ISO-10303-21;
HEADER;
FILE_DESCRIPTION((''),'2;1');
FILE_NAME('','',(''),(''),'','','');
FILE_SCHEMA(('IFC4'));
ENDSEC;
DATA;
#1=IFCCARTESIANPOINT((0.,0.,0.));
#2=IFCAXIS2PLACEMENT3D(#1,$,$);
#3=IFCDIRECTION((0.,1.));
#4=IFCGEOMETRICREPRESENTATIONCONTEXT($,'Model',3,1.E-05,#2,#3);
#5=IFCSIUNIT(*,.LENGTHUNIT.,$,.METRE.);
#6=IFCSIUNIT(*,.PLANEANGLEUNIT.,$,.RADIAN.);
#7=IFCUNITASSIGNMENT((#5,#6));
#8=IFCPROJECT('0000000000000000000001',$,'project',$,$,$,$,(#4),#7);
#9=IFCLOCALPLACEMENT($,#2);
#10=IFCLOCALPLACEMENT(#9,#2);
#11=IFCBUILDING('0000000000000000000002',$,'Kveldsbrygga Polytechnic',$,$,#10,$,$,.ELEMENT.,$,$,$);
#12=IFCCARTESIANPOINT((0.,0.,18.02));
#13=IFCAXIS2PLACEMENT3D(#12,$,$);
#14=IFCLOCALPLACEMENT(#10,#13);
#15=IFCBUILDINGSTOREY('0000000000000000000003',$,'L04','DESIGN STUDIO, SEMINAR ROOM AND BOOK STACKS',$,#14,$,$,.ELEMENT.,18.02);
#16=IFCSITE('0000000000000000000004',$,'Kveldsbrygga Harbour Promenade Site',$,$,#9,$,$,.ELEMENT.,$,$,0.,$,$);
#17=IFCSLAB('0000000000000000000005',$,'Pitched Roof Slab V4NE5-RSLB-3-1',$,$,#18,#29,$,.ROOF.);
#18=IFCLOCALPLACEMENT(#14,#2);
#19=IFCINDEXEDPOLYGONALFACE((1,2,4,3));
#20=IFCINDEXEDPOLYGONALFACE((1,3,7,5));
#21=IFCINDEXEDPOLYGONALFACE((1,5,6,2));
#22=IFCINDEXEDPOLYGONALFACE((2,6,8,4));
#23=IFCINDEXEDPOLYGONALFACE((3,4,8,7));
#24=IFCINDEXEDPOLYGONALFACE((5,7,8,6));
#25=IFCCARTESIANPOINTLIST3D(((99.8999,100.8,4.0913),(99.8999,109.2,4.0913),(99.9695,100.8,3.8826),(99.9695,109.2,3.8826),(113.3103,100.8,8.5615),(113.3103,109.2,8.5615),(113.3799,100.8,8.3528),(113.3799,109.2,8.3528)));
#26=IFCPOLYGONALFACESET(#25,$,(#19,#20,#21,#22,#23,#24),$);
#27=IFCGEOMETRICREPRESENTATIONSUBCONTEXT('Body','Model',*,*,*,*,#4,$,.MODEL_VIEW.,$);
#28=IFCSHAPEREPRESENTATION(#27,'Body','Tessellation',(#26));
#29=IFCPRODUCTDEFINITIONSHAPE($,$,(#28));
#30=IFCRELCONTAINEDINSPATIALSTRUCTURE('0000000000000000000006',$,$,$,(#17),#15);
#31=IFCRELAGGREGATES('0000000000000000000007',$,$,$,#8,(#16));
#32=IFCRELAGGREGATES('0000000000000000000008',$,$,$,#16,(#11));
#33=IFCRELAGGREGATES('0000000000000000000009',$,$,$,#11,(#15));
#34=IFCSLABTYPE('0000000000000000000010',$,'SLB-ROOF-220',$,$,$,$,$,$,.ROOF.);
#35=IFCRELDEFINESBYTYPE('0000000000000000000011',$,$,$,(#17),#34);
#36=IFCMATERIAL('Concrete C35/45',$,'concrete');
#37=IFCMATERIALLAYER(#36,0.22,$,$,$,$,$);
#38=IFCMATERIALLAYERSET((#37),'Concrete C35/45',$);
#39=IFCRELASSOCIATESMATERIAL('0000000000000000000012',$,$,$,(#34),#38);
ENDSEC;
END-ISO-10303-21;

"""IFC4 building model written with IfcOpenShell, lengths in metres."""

from ifc_helpers import new_model, si_unit, direction, frame, origin, place, context, subcontext, project, spatial, polyline, outline, extrude, material, layer, layer_set, type_object, element, save


model = new_model("IFC4")

# Units and contexts
model_context = context("Model", 3, precision=1e-05, world=origin(), true_north=direction((0.0, 1.0)))
body_context = subcontext(model_context, "Body", "Model", "MODEL_VIEW")
ifc_project = project(units=[si_unit("LENGTHUNIT", "METRE"), si_unit("PLANEANGLEUNIT", "RADIAN")], contexts=[model_context])

# Site, building, storey
site_placement = place(None, origin())
site = spatial("IfcSite", under=ifc_project, at=site_placement, Name="Kveldsbrygga Harbour Promenade Site", CompositionType="ELEMENT", RefElevation=0.0)
building_placement = place(site_placement, origin())
building = spatial("IfcBuilding", under=site, at=building_placement, Name="Kveldsbrygga Polytechnic", CompositionType="ELEMENT")
storey_placement = place(building_placement, frame((0.0, 0.0, 18.02)))
storey = spatial("IfcBuildingStorey", under=building, at=storey_placement, Name="L04", Description="DESIGN STUDIO, SEMINAR ROOM AND BOOK STACKS", CompositionType="ELEMENT", Elevation=18.02)

# Slab
ifc_material_1 = material(Name="Concrete C35/45", Category="concrete")
ifc_layer_1 = layer(ifc_material_1, 0.22)
ifc_layer_set_1 = layer_set([ifc_layer_1], Name="Concrete C35/45")
slab_type = type_object("IfcSlabType", Name="SLB-ROOF-220", PredefinedType="ROOF", material=ifc_layer_set_1)
slab_placement = place(storey_placement, frame((99.8999, 100.8, 4.0913), z_axis=(-0.316233, 0.0, 0.948682), x_axis=(0.948682, 0.0, 0.316233)))
element("IfcSlab", 1, at=slab_placement, inside=storey, type_object=slab_type, Name="Pitched Roof Slab V4NE5-RSLB-3-1", PredefinedType="ROOF", context=body_context, shape_type="SweptSolid", body=[
    extrude(outline(polyline([(0.0, 0.0), (14.1358, 0.0), (14.1358, 8.3999), (0.0, 8.3999), (0.0, 0.0)])), origin(), (0.0, 0.0, -1.0), 0.22),
])

save(model, "model.ifc")
